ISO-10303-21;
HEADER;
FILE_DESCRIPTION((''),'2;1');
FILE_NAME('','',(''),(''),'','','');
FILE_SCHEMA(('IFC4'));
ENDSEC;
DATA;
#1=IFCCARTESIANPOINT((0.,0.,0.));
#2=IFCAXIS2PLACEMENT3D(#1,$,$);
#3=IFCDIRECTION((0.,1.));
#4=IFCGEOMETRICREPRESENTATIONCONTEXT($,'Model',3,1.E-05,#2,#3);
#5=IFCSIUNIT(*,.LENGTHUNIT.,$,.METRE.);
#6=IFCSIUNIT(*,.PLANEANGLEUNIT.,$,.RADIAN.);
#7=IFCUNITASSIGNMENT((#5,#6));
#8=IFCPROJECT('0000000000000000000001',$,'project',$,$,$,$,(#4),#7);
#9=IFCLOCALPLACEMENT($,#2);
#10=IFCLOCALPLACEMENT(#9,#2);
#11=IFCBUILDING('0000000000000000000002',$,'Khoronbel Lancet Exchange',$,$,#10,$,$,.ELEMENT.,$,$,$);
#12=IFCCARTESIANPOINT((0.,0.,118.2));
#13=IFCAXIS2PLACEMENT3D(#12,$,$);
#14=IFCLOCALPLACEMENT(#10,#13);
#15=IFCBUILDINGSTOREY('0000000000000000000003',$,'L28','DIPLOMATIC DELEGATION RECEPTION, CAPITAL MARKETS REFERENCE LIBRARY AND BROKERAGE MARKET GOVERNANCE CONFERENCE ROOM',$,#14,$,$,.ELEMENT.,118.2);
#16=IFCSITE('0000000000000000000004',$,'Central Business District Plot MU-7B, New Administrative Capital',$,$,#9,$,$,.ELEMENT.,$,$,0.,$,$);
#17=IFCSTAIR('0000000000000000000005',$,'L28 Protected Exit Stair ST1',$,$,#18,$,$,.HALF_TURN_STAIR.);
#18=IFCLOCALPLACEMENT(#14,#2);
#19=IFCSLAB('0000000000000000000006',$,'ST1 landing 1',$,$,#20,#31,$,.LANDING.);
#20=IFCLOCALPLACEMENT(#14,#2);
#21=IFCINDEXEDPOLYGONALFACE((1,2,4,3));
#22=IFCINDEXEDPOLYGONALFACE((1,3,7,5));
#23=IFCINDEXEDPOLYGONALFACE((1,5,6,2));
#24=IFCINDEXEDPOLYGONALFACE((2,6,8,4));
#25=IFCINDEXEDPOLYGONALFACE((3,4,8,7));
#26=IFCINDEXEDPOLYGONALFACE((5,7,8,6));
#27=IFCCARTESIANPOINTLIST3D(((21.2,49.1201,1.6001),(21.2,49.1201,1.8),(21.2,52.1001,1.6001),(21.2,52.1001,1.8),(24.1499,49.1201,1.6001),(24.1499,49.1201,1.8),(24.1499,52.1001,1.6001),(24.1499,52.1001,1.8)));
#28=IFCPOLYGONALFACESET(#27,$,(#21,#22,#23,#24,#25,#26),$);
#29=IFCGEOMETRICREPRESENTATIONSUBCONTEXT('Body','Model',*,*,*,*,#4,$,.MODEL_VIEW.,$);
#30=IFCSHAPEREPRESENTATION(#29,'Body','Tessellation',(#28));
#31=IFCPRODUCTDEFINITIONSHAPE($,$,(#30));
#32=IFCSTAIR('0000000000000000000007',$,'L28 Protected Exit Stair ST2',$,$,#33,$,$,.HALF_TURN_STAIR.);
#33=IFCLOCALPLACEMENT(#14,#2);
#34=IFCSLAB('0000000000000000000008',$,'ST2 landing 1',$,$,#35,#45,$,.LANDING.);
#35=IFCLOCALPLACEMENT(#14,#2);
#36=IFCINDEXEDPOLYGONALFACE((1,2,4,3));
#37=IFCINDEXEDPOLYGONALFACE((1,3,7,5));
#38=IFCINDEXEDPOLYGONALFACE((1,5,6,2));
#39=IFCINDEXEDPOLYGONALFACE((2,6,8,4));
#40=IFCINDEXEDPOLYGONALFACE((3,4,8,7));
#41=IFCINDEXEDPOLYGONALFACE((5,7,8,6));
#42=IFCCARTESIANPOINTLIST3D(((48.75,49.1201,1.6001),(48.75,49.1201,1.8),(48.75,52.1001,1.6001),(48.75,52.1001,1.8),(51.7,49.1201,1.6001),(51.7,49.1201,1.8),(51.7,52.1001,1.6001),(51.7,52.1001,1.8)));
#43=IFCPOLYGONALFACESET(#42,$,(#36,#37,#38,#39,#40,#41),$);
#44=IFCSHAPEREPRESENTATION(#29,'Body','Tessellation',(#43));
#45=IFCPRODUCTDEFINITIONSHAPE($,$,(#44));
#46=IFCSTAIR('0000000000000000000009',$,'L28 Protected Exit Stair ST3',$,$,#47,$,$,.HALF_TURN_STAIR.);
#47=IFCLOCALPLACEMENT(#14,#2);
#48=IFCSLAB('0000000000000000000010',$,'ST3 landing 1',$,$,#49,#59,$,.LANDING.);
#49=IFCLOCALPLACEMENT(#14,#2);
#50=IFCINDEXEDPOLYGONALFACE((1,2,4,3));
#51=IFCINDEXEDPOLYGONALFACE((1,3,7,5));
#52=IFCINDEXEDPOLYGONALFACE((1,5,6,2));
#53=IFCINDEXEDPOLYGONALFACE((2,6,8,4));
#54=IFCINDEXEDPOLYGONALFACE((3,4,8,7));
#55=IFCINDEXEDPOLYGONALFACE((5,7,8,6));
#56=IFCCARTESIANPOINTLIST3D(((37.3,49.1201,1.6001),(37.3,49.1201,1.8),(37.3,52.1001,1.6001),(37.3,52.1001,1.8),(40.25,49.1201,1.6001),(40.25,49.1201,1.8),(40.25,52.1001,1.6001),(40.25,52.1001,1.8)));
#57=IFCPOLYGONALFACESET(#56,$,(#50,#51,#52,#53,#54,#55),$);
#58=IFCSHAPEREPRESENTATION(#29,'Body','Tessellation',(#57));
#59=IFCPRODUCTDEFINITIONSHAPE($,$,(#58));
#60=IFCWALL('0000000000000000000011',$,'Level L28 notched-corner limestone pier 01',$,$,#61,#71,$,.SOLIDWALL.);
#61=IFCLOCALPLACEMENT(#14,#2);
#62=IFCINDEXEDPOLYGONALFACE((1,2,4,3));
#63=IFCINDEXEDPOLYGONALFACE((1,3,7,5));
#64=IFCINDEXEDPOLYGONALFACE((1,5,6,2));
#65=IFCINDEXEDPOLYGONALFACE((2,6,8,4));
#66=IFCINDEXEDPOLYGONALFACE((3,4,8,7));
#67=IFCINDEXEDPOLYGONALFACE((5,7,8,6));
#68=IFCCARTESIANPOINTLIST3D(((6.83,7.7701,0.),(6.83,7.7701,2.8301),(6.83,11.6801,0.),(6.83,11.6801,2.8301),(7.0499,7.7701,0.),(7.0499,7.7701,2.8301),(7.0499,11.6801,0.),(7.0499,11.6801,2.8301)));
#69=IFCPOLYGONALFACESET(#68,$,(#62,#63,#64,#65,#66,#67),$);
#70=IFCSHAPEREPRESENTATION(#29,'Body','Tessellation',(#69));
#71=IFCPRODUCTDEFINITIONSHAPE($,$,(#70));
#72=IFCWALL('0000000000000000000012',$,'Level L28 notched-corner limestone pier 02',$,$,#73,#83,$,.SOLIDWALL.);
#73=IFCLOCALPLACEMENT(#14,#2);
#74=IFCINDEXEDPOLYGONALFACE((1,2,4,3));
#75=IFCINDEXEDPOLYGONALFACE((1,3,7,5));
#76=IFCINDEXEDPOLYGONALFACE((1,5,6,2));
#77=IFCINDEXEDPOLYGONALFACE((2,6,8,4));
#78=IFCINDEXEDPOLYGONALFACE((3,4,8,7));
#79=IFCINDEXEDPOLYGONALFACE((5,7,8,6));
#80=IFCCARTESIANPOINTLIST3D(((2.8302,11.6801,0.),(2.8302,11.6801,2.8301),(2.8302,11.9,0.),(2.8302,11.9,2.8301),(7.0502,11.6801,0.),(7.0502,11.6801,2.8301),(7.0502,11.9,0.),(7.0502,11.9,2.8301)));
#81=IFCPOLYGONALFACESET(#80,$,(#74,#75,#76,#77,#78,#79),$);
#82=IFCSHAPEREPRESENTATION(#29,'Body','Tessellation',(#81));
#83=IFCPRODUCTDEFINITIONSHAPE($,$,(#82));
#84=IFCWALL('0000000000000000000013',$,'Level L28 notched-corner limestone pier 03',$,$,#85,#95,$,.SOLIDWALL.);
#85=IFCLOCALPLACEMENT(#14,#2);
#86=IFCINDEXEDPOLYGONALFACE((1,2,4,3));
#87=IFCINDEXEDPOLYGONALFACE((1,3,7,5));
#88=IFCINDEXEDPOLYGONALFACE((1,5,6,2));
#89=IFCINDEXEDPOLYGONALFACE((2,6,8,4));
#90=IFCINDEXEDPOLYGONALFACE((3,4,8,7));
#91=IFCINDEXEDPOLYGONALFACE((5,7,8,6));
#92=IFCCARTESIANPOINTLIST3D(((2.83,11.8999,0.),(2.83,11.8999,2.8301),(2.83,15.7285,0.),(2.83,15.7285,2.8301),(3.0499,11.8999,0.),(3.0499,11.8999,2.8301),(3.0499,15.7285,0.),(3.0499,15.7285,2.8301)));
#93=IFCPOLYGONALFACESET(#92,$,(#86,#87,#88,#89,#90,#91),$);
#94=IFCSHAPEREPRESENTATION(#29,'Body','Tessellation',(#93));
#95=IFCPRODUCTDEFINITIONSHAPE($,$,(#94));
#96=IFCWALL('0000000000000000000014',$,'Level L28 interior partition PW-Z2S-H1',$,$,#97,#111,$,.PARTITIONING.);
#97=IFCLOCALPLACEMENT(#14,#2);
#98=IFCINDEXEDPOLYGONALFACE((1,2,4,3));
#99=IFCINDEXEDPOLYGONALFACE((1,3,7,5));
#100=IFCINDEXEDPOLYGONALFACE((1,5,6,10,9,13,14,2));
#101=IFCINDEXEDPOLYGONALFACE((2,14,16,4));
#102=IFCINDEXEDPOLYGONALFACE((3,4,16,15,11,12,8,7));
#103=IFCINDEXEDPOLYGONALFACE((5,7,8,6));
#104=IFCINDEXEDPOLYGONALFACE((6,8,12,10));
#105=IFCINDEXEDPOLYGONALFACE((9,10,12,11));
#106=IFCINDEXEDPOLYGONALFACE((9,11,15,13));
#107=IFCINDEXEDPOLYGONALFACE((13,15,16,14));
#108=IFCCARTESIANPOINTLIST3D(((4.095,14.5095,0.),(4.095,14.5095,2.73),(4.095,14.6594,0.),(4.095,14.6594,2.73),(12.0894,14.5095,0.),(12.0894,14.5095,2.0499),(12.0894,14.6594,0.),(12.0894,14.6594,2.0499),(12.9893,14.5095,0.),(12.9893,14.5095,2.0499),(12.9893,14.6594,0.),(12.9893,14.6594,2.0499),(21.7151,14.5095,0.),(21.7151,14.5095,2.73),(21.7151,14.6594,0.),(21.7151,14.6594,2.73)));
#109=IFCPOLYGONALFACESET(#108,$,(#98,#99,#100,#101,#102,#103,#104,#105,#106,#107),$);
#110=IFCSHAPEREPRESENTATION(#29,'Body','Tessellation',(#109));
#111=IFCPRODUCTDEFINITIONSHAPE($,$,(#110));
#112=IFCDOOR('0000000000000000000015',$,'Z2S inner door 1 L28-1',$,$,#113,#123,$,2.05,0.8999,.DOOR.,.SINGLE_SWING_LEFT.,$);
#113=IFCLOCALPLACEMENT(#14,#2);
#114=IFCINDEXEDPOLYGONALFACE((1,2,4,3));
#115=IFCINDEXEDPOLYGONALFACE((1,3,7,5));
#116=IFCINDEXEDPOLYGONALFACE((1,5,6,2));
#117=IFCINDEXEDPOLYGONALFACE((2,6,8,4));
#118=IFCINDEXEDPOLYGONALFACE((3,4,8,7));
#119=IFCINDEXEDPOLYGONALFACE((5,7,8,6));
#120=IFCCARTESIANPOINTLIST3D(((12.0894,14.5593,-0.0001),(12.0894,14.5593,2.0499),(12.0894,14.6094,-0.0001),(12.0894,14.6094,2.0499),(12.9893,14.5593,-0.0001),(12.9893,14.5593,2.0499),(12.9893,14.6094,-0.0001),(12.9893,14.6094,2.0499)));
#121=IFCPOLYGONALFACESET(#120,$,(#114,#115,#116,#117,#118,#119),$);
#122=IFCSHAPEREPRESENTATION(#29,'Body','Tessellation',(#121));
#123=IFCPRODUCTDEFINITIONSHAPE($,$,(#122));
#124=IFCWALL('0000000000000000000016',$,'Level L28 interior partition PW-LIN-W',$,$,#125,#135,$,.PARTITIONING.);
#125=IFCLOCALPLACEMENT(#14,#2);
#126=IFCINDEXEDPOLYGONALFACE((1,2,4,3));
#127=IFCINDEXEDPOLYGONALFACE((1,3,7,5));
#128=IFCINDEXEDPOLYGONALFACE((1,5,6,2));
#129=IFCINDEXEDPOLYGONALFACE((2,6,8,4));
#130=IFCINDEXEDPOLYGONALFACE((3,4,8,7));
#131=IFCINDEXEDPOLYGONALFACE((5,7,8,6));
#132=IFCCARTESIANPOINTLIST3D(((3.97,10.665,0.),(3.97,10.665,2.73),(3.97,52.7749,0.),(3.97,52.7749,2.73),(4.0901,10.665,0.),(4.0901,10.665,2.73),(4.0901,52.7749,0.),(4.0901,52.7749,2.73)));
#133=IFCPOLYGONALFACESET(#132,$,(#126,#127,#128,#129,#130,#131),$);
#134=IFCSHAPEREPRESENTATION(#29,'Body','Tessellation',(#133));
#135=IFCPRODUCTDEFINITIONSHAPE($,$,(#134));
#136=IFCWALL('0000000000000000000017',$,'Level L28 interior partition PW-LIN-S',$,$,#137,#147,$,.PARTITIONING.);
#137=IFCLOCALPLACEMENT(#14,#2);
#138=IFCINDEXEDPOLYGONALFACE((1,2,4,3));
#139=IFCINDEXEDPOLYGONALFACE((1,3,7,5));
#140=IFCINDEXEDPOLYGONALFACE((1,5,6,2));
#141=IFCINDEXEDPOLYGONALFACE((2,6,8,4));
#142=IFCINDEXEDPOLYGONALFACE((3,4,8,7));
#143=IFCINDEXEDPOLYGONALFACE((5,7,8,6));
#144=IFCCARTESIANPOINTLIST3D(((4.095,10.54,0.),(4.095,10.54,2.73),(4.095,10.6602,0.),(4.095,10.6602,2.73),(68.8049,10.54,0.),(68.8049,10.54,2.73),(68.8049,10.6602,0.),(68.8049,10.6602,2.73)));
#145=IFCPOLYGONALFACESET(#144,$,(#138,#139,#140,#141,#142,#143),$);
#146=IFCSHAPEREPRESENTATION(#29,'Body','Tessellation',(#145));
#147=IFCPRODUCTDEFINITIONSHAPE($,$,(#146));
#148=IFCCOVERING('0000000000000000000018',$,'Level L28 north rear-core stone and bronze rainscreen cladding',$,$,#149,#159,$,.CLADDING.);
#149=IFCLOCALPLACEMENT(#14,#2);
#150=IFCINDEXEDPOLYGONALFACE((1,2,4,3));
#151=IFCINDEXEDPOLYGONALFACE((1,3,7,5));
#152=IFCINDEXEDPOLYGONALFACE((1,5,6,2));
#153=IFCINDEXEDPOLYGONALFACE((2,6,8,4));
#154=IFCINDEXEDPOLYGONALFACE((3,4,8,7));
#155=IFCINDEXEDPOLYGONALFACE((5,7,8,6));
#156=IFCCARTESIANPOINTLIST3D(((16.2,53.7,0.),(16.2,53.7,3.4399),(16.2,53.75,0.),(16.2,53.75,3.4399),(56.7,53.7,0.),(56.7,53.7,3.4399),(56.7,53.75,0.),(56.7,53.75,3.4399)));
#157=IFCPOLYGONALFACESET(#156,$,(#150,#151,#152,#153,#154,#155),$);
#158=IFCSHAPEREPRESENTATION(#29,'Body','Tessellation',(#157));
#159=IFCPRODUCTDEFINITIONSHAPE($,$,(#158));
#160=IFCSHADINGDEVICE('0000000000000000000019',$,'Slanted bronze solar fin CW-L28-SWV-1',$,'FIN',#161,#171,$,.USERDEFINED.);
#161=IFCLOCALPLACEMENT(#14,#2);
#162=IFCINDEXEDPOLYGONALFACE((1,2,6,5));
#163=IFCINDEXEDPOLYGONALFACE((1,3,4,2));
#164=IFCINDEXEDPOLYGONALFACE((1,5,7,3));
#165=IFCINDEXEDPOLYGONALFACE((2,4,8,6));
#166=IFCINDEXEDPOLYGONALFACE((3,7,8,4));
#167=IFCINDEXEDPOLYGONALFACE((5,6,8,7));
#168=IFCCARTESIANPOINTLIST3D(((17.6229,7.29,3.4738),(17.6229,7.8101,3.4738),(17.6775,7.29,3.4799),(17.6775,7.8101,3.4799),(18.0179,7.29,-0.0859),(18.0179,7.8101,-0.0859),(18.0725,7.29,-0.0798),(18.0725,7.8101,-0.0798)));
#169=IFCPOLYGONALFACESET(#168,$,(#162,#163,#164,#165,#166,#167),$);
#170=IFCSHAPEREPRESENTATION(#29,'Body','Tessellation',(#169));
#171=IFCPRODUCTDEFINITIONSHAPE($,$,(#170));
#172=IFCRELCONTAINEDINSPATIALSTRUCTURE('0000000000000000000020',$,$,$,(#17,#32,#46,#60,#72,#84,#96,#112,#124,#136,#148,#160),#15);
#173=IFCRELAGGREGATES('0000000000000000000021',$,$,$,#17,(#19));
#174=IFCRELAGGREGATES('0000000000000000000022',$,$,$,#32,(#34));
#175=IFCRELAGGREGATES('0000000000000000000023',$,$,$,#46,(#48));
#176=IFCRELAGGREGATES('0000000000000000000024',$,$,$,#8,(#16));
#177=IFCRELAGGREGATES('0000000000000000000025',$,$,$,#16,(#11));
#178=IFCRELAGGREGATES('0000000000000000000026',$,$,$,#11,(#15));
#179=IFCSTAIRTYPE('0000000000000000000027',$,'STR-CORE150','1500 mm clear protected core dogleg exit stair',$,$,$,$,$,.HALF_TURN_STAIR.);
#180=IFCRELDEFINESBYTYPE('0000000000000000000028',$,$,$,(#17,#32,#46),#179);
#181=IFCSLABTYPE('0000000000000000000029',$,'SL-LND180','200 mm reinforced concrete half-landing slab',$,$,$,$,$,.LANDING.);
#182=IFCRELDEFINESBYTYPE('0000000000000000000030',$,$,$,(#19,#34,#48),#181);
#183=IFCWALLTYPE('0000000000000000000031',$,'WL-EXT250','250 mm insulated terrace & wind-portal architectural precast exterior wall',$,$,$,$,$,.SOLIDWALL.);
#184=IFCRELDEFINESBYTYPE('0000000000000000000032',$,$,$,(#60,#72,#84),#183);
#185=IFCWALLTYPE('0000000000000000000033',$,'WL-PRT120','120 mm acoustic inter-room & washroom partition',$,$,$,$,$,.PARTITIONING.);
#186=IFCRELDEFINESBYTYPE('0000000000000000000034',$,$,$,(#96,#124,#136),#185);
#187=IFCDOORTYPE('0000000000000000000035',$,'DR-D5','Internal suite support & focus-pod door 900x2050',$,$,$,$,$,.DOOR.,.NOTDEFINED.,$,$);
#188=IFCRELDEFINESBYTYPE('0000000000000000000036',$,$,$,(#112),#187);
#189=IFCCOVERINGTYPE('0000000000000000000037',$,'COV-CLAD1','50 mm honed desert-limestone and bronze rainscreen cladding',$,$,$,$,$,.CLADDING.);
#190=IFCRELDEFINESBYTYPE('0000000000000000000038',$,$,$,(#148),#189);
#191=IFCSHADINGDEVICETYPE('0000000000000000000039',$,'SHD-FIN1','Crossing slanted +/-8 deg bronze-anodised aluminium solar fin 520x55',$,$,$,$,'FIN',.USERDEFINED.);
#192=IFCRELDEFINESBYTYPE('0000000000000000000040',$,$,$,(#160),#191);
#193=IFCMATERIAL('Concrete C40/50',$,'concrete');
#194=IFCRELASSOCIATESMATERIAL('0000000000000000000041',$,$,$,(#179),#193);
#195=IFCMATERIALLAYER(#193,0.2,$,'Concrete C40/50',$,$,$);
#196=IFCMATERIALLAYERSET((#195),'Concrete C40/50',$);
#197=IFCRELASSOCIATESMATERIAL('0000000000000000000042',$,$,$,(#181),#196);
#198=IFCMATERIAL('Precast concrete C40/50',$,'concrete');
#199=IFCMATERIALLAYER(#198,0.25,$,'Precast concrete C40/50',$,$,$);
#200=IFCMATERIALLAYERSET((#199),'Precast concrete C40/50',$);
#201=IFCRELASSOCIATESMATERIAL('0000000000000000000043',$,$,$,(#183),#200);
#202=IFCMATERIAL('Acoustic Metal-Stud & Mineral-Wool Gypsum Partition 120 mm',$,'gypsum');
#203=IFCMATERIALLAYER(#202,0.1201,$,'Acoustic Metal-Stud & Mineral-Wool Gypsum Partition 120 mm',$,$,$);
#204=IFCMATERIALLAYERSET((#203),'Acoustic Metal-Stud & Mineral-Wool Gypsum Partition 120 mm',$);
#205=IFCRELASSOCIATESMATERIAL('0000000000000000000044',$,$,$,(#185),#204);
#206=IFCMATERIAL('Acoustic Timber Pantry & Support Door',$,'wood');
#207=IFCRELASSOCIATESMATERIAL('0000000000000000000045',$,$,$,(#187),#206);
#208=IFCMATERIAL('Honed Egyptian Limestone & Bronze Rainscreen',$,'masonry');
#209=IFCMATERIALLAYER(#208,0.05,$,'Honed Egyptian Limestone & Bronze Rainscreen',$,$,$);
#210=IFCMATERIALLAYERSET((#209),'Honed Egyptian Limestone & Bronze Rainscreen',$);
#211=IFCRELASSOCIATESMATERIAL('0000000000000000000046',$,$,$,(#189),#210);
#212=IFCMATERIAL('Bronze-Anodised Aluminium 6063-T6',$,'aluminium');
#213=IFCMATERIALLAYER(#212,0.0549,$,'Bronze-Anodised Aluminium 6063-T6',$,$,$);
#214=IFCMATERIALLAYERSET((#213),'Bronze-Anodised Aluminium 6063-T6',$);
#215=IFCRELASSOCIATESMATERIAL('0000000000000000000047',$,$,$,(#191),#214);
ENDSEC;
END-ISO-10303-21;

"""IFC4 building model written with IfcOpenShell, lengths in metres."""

from ifc_helpers import new_model, si_unit, direction, frame, frame_2d, origin, place, context, subcontext, project, spatial, polyline, rectangle, outline, extrude, material, layer, layer_set, type_object, element, fill, aggregate, save


model = new_model("IFC4")

# Units and contexts
model_context = context("Model", 3, precision=1e-05, world=origin(), true_north=direction((0.0, 1.0)))
body_context = subcontext(model_context, "Body", "Model", "MODEL_VIEW")
ifc_project = project(units=[si_unit("LENGTHUNIT", "METRE"), si_unit("PLANEANGLEUNIT", "RADIAN")], contexts=[model_context])

# Site, building, storey
site_placement = place(None, origin())
site = spatial("IfcSite", under=ifc_project, at=site_placement, Name="Central Business District Plot MU-7B, New Administrative Capital", CompositionType="ELEMENT", RefElevation=0.0)
building_placement = place(site_placement, origin())
building = spatial("IfcBuilding", under=site, at=building_placement, Name="Khoronbel Lancet Exchange", CompositionType="ELEMENT")
storey_placement = place(building_placement, frame((0.0, 0.0, 118.2)))
storey = spatial("IfcBuildingStorey", under=building, at=storey_placement, Name="L28", Description="DIPLOMATIC DELEGATION RECEPTION, CAPITAL MARKETS REFERENCE LIBRARY AND BROKERAGE MARKET GOVERNANCE CONFERENCE ROOM", CompositionType="ELEMENT", Elevation=118.2)

# Shared definitions
ifc_material_1 = material(Name="Bronze-Anodised Aluminium 6063-T6", Category="aluminium")

# Shared definitions
ifc_material_2 = material(Name="Concrete C40/50", Category="concrete")

# Stairs, slabs
stair_type = type_object("IfcStairType", Name="STR-CORE150", Description="1500 mm clear protected core dogleg exit stair", PredefinedType="HALF_TURN_STAIR", material=ifc_material_2)
stair_1_placement = place(storey_placement, origin())
stair_1 = element("IfcStair", 1, at=stair_1_placement, inside=storey, type_object=stair_type, Name="L28 Protected Exit Stair ST1", PredefinedType="HALF_TURN_STAIR")
ifc_layer_1 = layer(ifc_material_2, 0.2, Name="Concrete C40/50")
ifc_layer_set_1 = layer_set([ifc_layer_1], Name="Concrete C40/50")
slab_type_1 = type_object("IfcSlabType", Name="SL-LND180", Description="200 mm reinforced concrete half-landing slab", PredefinedType="LANDING", material=ifc_layer_set_1)
slab_1_placement = place(storey_placement, frame((0.0, 0.0, 1.6001)))
slab_1 = element("IfcSlab", 2, at=slab_1_placement, type_object=slab_type_1, Name="ST1 landing 1", PredefinedType="LANDING", context=body_context, shape_type="SweptSolid", body=[
    extrude(outline(polyline([(21.2, 49.1201), (24.1499, 49.1201), (24.1499, 52.1001), (21.2, 52.1001), (21.2, 49.1201)])), origin(), (0.0, 0.0, 1.0), 0.2),
])
aggregate(stair_1, [slab_1])
stair_2_placement = place(storey_placement, origin())
stair_2 = element("IfcStair", 3, at=stair_2_placement, inside=storey, type_object=stair_type, Name="L28 Protected Exit Stair ST2", PredefinedType="HALF_TURN_STAIR")
slab_2_placement = place(storey_placement, frame((0.0, 0.0, 1.6001)))
slab_2 = element("IfcSlab", 4, at=slab_2_placement, type_object=slab_type_1, Name="ST2 landing 1", PredefinedType="LANDING", context=body_context, shape_type="SweptSolid", body=[
    extrude(outline(polyline([(51.7, 52.1001), (48.75, 52.1001), (48.75, 49.1201), (51.7, 49.1201), (51.7, 52.1001)])), origin(), (0.0, 0.0, 1.0), 0.2),
])
aggregate(stair_2, [slab_2])
stair_3_placement = place(storey_placement, origin())
stair_3 = element("IfcStair", 5, at=stair_3_placement, inside=storey, type_object=stair_type, Name="L28 Protected Exit Stair ST3", PredefinedType="HALF_TURN_STAIR")
slab_3_placement = place(storey_placement, frame((0.0, 0.0, 1.6001)))
slab_3 = element("IfcSlab", 6, at=slab_3_placement, type_object=slab_type_1, Name="ST3 landing 1", PredefinedType="LANDING", context=body_context, shape_type="SweptSolid", body=[
    extrude(outline(polyline([(37.3, 49.1201), (40.25, 49.1201), (40.25, 52.1001), (37.3, 52.1001), (37.3, 49.1201)])), origin(), (0.0, 0.0, 1.0), 0.2),
])
aggregate(stair_3, [slab_3])

# Walls
ifc_material_3 = material(Name="Precast concrete C40/50", Category="concrete")
ifc_layer_2 = layer(ifc_material_3, 0.25, Name="Precast concrete C40/50")
ifc_layer_set_2 = layer_set([ifc_layer_2], Name="Precast concrete C40/50")
wall_type_1 = type_object("IfcWallType", Name="WL-EXT250", Description="250 mm insulated terrace & wind-portal architectural precast exterior wall", PredefinedType="SOLIDWALL", material=ifc_layer_set_2)
wall_1_placement = place(storey_placement, frame((6.9399, 7.77, 0.0), z_axis=(0.0, 0.0, 1.0), x_axis=(0.0, 1.0, 0.0)))
element("IfcWall", 7, at=wall_1_placement, inside=storey, type_object=wall_type_1, Name="Level L28 notched-corner limestone pier 01", PredefinedType="SOLIDWALL", context=body_context, shape_type="SweptSolid", body=[
    extrude(rectangle(XDim=3.9099, YDim=0.22, at=frame_2d((1.9551, 0.0))), origin(), (0.0, 0.0, 1.0), 2.8301),
])
wall_2_placement = place(storey_placement, frame((7.05, 11.79, 0.0), z_axis=(0.0, 0.0, 1.0), x_axis=(-1.0, 0.0, 0.0)))
element("IfcWall", 8, at=wall_2_placement, inside=storey, type_object=wall_type_1, Name="Level L28 notched-corner limestone pier 02", PredefinedType="SOLIDWALL", context=body_context, shape_type="SweptSolid", body=[
    extrude(rectangle(XDim=4.22, YDim=0.22, at=frame_2d((2.1099, 0.0))), origin(), (0.0, 0.0, 1.0), 2.8301),
])
wall_3_placement = place(storey_placement, frame((2.9399, 11.8999, 0.0), z_axis=(0.0, 0.0, 1.0), x_axis=(0.0, 1.0, 0.0)))
element("IfcWall", 9, at=wall_3_placement, inside=storey, type_object=wall_type_1, Name="Level L28 notched-corner limestone pier 03", PredefinedType="SOLIDWALL", context=body_context, shape_type="SweptSolid", body=[
    extrude(rectangle(XDim=3.8286, YDim=0.22, at=frame_2d((1.9143, 0.0))), origin(), (0.0, 0.0, 1.0), 2.8301),
])

# Wall, opening, door
ifc_material_4 = material(Name="Acoustic Metal-Stud & Mineral-Wool Gypsum Partition 120 mm", Category="gypsum")
ifc_layer_3 = layer(ifc_material_4, 0.1201, Name="Acoustic Metal-Stud & Mineral-Wool Gypsum Partition 120 mm")
ifc_layer_set_3 = layer_set([ifc_layer_3], Name="Acoustic Metal-Stud & Mineral-Wool Gypsum Partition 120 mm")
wall_type_2 = type_object("IfcWallType", Name="WL-PRT120", Description="120 mm acoustic inter-room & washroom partition", PredefinedType="PARTITIONING", material=ifc_layer_set_3)
wall_4_placement = place(storey_placement, frame((4.095, 14.5845, 0.0), z_axis=(0.0, 0.0, 1.0), x_axis=(1.0, 0.0, 0.0)))
wall_4 = element("IfcWall", 10, at=wall_4_placement, inside=storey, type_object=wall_type_2, Name="Level L28 interior partition PW-Z2S-H1", PredefinedType="PARTITIONING", context=body_context, shape_type="SweptSolid", body=[
    extrude(rectangle(XDim=17.6201, YDim=0.1499, at=frame_2d((8.8101, 0.0))), origin(), (0.0, 0.0, 1.0), 2.73),
])
opening_placement = place(wall_4_placement, frame((7.9944, 0.0, 0.0)))
opening = element("IfcOpeningElement", 11, at=opening_placement, cuts=wall_4, PredefinedType="OPENING", context=body_context, shape_type="SweptSolid", body=[
    extrude(rectangle(XDim=0.8999, YDim=2.05, at=frame_2d((0.45, 1.0249))), frame((0.0, 0.085, 0.0), z_axis=(0.0, -1.0, 0.0), x_axis=(1.0, 0.0, 0.0)), (0.0, 0.0, 1.0), 0.1699),
])
ifc_material_5 = material(Name="Acoustic Timber Pantry & Support Door", Category="wood")
door_type = type_object("IfcDoorType", Name="DR-D5", Description="Internal suite support & focus-pod door 900x2050", OperationType="NOTDEFINED", PredefinedType="DOOR", material=ifc_material_5)
door_placement = place(opening_placement, origin())
door = element("IfcDoor", 12, at=door_placement, inside=storey, type_object=door_type, Name="Z2S inner door 1 L28-1", OperationType="SINGLE_SWING_LEFT", OverallHeight=2.05, OverallWidth=0.8999, PredefinedType="DOOR", context=body_context, shape_type="SweptSolid", body=[
    extrude(rectangle(XDim=0.8999, YDim=2.05, at=frame_2d((0.45, 1.0249))), frame((0.0, 0.0249, 0.0), z_axis=(0.0, -1.0, 0.0), x_axis=(1.0, 0.0, 0.0)), (0.0, 0.0, 1.0), 0.05),
])
fill(opening, door)

# Walls
wall_5_placement = place(storey_placement, frame((4.03, 10.665, 0.0), z_axis=(0.0, 0.0, 1.0), x_axis=(0.0, 1.0, 0.0)))
element("IfcWall", 13, at=wall_5_placement, inside=storey, type_object=wall_type_2, Name="Level L28 interior partition PW-LIN-W", PredefinedType="PARTITIONING", context=body_context, shape_type="SweptSolid", body=[
    extrude(rectangle(XDim=42.1099, YDim=0.1201, at=frame_2d((21.0549, 0.0))), origin(), (0.0, 0.0, 1.0), 2.73),
])
wall_6_placement = place(storey_placement, frame((4.095, 10.6001, 0.0), z_axis=(0.0, 0.0, 1.0), x_axis=(1.0, 0.0, 0.0)))
element("IfcWall", 14, at=wall_6_placement, inside=storey, type_object=wall_type_2, Name="Level L28 interior partition PW-LIN-S", PredefinedType="PARTITIONING", context=body_context, shape_type="SweptSolid", body=[
    extrude(rectangle(XDim=64.71, YDim=0.1201, at=frame_2d((32.355, 0.0))), origin(), (0.0, 0.0, 1.0), 2.73),
])

# Covering
ifc_material_6 = material(Name="Honed Egyptian Limestone & Bronze Rainscreen", Category="masonry")
ifc_layer_4 = layer(ifc_material_6, 0.05, Name="Honed Egyptian Limestone & Bronze Rainscreen")
ifc_layer_set_4 = layer_set([ifc_layer_4], Name="Honed Egyptian Limestone & Bronze Rainscreen")
covering_type = type_object("IfcCoveringType", Name="COV-CLAD1", Description="50 mm honed desert-limestone and bronze rainscreen cladding", PredefinedType="CLADDING", material=ifc_layer_set_4)
covering_placement = place(storey_placement, origin())
element("IfcCovering", 15, at=covering_placement, inside=storey, type_object=covering_type, Name="Level L28 north rear-core stone and bronze rainscreen cladding", PredefinedType="CLADDING", context=body_context, shape_type="SweptSolid", body=[
    extrude(outline(polyline([(16.2, 53.7), (56.7, 53.7), (56.7, 53.75), (16.2, 53.75), (16.2, 53.7)])), origin(), (0.0, 0.0, 1.0), 3.4399),
])

# Shading device
ifc_layer_5 = layer(ifc_material_1, 0.0549, Name="Bronze-Anodised Aluminium 6063-T6")
ifc_layer_set_5 = layer_set([ifc_layer_5], Name="Bronze-Anodised Aluminium 6063-T6")
shading_device_type = type_object("IfcShadingDeviceType", Name="SHD-FIN1", Description="Crossing slanted +/-8 deg bronze-anodised aluminium solar fin 520x55", ElementType="FIN", PredefinedType="USERDEFINED", material=ifc_layer_set_5)
shading_device_placement = place(storey_placement, frame((18.0725, 7.8101, -0.0798), z_axis=(0.9939, 0.0, 0.110289), x_axis=(0.0, -1.0, 0.0)))
element("IfcShadingDevice", 16, at=shading_device_placement, inside=storey, type_object=shading_device_type, Name="Slanted bronze solar fin CW-L28-SWV-1", ObjectType="FIN", PredefinedType="USERDEFINED", context=body_context, shape_type="SweptSolid", body=[
    extrude(outline(polyline([(0.0, 0.0), (0.52, 0.0), (0.52, -3.5815), (0.0, -3.5815), (0.0, 0.0)])), origin(), (0.0, 0.0, -1.0), 0.0549),
])

save(model, "model.ifc")
